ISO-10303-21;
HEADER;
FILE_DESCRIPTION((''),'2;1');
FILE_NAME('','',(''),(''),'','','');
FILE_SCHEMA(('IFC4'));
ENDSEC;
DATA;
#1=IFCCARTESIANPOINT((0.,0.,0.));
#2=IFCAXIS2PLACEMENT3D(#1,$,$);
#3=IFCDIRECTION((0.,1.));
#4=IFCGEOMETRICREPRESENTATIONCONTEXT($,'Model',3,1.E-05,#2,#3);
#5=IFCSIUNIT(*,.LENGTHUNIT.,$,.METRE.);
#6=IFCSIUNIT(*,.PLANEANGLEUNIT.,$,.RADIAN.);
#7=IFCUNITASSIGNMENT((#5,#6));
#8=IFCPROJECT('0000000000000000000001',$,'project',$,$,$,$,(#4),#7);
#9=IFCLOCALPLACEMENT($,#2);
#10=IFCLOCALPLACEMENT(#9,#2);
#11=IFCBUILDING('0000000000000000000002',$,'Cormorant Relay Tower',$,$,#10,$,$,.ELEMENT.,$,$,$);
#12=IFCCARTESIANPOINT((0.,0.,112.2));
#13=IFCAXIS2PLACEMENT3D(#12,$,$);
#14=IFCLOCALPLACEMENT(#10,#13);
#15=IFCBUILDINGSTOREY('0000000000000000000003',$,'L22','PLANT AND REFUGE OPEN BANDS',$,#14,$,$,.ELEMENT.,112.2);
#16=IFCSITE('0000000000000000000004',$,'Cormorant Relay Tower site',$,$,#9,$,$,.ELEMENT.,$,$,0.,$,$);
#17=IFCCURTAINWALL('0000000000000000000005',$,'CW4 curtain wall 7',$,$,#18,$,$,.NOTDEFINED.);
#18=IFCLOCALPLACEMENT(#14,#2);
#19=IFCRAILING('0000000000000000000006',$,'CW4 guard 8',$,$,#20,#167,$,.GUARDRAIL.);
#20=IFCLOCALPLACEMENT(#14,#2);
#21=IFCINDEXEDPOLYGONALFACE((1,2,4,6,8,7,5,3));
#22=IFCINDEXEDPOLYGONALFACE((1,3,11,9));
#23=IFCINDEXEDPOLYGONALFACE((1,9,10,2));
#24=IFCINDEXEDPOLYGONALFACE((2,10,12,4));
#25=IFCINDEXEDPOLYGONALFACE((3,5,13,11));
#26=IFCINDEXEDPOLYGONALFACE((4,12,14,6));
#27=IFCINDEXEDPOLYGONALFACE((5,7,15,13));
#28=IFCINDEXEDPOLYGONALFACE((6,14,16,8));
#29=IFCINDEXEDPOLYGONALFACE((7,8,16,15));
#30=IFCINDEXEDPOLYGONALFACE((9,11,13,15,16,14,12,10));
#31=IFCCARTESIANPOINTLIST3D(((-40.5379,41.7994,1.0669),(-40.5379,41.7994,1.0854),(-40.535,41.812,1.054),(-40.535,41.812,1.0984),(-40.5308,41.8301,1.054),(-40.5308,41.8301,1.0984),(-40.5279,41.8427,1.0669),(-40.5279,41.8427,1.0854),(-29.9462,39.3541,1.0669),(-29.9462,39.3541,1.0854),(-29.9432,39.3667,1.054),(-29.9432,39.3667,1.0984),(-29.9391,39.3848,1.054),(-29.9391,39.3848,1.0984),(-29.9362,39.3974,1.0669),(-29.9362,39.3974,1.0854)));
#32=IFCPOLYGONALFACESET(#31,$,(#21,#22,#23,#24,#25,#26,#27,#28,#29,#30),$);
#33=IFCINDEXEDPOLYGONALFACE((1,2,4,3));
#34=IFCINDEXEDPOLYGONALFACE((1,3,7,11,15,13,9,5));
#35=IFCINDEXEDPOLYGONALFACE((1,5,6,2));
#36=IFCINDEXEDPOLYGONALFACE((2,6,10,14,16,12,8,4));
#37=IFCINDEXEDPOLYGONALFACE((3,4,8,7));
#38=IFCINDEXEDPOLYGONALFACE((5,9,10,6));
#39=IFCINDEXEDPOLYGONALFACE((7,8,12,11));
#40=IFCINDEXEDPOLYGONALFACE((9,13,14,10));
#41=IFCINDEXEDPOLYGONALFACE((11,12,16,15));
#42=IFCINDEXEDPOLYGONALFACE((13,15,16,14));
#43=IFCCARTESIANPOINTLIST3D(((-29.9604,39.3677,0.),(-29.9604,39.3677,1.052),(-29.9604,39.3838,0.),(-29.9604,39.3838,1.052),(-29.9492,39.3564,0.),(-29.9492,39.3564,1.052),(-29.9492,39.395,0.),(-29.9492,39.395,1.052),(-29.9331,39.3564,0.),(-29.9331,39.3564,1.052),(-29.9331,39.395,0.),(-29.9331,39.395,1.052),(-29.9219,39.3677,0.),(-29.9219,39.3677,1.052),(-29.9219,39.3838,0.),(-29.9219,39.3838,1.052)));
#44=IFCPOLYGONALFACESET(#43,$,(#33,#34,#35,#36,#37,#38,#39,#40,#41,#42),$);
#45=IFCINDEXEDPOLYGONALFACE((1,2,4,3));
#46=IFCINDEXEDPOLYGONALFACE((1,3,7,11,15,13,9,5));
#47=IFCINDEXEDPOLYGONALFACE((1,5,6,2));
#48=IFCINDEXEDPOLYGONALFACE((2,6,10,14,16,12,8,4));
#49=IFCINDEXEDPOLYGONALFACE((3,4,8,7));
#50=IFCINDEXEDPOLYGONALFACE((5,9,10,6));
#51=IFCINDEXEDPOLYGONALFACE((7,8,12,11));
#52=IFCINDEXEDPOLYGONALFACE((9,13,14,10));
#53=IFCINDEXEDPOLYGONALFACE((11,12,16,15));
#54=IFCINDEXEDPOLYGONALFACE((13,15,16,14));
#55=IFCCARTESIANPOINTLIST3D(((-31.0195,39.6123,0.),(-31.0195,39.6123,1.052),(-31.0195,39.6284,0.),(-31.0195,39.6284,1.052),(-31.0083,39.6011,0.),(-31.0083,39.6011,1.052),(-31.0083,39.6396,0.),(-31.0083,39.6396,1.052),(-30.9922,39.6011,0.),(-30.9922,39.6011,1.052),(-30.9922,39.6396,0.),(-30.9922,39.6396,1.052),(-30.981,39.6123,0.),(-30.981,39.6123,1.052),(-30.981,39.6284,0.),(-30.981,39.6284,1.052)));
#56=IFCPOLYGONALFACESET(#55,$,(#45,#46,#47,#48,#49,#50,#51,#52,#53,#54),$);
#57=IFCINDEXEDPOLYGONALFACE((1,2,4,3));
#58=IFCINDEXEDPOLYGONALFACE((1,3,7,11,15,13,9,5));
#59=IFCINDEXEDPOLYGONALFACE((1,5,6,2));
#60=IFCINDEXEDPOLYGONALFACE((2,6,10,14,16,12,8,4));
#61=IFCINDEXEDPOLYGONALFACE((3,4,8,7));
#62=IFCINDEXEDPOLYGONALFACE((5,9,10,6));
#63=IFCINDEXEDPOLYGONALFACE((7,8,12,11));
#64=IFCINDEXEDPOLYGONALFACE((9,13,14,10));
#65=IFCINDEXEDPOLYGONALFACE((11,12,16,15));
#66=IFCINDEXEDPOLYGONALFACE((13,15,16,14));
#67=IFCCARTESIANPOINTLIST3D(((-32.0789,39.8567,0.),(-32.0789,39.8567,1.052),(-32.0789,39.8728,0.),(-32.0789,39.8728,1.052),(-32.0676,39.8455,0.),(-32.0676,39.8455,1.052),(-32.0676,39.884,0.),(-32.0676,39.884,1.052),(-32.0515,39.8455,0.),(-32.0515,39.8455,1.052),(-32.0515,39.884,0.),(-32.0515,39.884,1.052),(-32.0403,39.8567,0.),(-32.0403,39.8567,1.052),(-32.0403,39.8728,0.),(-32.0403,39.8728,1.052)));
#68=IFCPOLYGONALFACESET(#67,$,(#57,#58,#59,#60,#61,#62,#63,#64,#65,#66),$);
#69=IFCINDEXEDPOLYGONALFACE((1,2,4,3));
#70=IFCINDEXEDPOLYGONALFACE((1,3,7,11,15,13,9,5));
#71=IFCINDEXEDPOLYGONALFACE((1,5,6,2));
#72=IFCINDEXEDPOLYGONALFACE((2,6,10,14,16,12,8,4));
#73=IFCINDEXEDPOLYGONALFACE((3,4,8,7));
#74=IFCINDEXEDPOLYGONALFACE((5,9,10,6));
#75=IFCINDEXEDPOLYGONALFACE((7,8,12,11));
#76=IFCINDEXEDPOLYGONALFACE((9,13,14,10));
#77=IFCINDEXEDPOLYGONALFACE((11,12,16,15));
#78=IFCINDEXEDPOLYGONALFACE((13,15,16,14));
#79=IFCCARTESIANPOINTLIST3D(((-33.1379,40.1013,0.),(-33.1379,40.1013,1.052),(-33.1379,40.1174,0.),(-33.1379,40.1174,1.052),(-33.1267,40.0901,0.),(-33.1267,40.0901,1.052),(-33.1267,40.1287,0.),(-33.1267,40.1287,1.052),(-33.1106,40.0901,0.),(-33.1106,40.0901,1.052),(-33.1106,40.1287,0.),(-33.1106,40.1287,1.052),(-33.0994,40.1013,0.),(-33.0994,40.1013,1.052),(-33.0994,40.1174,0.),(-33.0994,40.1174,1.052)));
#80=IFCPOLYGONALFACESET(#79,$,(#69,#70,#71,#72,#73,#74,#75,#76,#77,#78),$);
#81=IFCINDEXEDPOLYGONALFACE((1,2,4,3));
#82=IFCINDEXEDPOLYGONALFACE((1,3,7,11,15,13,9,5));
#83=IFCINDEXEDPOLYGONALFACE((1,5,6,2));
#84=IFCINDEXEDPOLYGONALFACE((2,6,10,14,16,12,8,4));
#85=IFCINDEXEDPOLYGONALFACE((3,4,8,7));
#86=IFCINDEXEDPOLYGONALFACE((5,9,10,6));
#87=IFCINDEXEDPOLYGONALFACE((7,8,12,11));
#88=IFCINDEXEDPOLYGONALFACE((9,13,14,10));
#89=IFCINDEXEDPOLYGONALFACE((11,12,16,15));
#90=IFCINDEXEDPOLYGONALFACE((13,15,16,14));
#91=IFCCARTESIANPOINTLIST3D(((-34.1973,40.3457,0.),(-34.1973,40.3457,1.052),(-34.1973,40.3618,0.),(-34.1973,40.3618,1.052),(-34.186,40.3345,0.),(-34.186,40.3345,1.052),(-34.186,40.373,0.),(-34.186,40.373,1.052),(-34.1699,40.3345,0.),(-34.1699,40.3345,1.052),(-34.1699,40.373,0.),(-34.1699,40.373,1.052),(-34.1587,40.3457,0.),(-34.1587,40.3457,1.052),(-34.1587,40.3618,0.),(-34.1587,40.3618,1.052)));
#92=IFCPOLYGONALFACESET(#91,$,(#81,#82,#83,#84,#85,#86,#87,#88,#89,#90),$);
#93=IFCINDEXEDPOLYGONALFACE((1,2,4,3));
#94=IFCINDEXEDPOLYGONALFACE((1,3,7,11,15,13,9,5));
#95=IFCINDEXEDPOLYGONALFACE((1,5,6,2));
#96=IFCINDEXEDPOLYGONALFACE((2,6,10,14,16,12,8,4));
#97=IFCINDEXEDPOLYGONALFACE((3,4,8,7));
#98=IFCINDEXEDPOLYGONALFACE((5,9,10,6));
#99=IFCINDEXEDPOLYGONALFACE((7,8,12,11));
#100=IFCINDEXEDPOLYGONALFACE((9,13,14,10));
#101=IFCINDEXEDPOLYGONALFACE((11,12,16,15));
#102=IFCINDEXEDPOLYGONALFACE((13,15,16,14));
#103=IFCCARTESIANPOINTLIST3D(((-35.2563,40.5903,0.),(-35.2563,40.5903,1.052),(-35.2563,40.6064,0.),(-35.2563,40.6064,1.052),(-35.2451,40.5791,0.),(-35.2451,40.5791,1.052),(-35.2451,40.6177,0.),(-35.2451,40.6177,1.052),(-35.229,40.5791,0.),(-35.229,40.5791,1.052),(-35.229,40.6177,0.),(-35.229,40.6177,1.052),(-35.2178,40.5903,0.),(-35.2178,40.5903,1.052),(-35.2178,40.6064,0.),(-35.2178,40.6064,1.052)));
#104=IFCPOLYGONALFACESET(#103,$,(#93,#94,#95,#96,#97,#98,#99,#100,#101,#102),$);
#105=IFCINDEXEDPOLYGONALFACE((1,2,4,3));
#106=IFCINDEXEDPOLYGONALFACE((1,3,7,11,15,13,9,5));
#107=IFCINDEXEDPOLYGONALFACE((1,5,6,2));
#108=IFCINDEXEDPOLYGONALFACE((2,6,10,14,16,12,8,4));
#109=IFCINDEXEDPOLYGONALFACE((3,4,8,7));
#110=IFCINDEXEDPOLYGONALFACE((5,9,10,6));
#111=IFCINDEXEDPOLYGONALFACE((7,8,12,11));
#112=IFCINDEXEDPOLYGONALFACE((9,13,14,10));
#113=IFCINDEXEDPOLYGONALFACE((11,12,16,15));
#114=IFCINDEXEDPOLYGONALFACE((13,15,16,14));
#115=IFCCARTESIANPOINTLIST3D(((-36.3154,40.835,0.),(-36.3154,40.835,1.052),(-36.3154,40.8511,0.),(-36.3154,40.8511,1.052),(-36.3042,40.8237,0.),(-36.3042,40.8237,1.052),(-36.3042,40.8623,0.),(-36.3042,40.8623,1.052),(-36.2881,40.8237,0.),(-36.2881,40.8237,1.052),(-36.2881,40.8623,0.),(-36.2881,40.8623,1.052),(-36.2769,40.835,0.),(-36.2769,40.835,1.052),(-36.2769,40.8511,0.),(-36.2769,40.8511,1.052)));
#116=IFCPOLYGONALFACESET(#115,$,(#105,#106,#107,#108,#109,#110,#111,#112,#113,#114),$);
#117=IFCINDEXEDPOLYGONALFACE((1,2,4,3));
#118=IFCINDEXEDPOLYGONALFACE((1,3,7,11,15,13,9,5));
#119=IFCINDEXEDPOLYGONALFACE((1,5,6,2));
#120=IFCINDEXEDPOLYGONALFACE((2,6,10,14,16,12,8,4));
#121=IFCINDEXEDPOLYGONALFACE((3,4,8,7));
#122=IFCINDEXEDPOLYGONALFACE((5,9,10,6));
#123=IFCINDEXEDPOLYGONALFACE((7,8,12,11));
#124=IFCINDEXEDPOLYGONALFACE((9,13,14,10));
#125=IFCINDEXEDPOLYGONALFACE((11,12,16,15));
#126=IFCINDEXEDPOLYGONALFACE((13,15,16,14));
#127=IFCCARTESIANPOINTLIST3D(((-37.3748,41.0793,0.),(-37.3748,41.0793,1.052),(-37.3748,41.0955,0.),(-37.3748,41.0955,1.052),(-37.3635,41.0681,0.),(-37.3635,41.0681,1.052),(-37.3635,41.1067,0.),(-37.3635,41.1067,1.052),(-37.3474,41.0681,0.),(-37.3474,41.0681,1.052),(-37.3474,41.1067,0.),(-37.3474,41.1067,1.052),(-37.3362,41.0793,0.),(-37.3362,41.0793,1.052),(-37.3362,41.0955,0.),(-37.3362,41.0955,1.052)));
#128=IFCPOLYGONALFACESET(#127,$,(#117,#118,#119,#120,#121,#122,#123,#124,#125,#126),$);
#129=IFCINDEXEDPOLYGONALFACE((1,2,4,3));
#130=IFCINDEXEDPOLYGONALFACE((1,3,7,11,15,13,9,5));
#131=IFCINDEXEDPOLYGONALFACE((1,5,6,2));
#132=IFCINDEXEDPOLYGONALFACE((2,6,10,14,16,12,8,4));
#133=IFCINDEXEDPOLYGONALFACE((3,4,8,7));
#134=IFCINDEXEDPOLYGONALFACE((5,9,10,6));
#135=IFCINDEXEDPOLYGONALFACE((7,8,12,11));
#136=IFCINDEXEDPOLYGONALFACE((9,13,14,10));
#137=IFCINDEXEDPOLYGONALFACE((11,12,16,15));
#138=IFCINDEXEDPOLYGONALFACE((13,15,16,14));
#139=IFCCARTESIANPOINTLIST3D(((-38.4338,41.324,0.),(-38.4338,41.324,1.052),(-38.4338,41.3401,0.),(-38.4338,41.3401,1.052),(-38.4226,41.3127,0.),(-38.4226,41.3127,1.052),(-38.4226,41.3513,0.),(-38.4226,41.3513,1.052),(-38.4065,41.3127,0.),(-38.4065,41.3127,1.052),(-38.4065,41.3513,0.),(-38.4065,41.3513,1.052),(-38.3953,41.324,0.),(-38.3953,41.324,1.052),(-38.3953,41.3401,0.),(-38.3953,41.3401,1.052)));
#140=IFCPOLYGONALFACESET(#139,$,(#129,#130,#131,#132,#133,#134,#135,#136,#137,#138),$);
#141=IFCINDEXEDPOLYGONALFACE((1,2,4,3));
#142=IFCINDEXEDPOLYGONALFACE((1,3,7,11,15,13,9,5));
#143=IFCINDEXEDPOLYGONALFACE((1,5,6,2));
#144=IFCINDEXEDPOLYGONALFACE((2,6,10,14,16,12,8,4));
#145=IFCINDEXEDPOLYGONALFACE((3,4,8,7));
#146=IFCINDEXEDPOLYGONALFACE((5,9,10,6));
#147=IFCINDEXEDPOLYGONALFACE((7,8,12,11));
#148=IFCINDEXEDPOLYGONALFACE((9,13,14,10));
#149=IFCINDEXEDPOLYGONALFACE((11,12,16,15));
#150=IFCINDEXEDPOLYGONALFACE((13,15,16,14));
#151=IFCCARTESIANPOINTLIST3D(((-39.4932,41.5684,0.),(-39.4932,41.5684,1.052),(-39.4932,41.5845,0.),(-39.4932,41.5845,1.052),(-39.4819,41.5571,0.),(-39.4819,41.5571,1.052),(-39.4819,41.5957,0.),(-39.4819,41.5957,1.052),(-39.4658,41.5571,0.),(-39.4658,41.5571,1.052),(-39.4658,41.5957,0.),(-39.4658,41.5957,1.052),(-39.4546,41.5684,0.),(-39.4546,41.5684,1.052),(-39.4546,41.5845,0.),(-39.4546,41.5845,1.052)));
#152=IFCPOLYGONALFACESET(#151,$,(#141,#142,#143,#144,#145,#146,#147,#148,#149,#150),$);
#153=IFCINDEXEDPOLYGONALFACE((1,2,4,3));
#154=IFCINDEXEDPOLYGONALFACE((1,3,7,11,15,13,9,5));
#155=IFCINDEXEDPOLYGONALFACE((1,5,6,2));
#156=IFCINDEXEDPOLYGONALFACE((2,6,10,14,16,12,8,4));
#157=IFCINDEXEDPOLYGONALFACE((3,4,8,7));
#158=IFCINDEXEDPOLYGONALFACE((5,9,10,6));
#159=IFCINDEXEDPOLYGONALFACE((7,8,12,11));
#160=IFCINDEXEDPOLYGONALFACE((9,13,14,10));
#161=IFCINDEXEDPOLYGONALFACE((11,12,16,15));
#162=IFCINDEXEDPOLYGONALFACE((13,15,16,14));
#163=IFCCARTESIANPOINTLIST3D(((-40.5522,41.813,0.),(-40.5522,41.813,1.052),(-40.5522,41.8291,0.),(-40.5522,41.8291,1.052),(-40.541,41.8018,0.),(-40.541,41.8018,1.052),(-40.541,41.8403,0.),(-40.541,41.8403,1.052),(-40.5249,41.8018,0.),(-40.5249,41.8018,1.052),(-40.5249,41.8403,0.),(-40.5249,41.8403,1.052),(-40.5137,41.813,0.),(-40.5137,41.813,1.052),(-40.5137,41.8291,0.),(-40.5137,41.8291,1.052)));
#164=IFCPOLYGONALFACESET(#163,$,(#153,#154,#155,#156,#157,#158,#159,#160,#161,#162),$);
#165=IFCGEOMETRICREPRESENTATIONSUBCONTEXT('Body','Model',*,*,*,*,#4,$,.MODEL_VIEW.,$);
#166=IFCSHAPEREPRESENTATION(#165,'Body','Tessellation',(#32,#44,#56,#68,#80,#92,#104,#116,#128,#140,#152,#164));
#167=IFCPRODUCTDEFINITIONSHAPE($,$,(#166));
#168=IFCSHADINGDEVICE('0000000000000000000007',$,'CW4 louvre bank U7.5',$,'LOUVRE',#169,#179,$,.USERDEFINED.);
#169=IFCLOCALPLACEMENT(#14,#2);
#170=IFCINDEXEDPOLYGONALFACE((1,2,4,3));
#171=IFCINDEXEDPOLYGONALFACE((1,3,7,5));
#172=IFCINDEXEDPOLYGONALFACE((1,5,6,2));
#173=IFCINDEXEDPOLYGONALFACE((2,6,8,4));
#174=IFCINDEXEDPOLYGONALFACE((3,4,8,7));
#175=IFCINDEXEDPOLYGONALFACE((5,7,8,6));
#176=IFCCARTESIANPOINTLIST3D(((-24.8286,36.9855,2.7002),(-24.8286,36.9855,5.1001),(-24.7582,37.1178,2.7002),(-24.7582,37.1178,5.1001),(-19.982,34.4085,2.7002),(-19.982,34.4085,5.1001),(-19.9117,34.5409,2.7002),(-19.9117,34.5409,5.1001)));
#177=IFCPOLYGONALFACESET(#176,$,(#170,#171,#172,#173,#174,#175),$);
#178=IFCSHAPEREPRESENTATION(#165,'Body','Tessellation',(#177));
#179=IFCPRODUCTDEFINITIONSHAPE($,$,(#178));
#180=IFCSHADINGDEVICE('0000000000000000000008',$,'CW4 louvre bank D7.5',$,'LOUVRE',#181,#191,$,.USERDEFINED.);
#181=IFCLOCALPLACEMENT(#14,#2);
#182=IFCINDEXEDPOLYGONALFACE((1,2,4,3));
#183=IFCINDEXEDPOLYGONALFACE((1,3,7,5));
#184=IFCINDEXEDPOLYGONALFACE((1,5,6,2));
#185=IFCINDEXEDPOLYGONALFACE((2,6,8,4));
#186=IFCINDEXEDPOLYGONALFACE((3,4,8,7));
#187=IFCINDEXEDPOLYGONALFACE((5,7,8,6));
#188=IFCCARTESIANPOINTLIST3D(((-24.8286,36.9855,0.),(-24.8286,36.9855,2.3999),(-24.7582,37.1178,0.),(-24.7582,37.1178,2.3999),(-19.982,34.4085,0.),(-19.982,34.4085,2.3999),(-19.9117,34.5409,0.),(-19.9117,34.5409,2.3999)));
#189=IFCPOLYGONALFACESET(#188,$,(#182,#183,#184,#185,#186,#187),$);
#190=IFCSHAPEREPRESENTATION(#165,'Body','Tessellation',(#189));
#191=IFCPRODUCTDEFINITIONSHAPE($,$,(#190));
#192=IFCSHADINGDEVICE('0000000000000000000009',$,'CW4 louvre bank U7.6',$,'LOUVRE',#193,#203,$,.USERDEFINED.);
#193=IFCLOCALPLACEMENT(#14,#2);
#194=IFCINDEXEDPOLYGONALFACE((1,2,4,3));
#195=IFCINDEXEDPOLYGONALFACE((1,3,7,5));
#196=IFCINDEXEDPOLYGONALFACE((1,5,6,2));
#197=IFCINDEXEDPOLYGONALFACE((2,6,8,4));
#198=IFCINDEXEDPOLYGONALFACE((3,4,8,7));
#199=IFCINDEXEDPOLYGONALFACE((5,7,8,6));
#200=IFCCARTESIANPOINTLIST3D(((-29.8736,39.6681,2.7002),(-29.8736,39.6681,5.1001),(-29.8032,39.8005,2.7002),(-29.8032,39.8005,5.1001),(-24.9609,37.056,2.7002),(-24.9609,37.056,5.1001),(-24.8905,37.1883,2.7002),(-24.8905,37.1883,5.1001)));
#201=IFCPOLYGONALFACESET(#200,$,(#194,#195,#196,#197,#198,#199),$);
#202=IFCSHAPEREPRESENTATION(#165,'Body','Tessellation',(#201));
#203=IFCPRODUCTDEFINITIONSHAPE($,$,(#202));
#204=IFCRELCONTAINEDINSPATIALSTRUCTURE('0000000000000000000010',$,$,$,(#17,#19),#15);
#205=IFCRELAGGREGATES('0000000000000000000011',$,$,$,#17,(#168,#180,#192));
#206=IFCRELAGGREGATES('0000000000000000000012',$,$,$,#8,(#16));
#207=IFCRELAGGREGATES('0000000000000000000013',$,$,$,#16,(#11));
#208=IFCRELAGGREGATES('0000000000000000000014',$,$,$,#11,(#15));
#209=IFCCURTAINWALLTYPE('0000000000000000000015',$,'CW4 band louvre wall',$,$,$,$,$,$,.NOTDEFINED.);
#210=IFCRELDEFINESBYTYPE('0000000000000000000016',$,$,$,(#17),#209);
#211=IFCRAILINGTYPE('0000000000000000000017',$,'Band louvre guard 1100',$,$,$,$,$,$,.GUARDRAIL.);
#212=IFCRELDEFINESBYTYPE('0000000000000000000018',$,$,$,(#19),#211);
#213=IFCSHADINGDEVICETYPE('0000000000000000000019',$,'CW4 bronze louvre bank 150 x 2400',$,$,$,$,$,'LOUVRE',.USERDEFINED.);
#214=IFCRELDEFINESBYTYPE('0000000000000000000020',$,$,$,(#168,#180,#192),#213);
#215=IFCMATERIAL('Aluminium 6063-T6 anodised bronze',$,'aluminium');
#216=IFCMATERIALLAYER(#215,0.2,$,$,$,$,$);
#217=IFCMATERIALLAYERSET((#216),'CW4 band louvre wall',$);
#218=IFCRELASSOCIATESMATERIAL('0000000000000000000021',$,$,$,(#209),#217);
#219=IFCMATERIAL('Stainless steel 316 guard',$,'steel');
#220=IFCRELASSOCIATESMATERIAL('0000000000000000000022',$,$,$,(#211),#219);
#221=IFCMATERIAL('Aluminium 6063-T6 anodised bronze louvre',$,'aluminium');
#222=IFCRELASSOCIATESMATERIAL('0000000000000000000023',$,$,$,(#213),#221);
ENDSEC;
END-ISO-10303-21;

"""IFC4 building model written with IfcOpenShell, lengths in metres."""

from ifc_helpers import new_model, si_unit, direction, frame, origin, origin_2d, place, context, subcontext, project, spatial, polyline, rectangle, outline, extrude, material, layer, layer_set, type_object, element, aggregate, save


model = new_model("IFC4")

# Units and contexts
model_context = context("Model", 3, precision=1e-05, world=origin(), true_north=direction((0.0, 1.0)))
body_context = subcontext(model_context, "Body", "Model", "MODEL_VIEW")
ifc_project = project(units=[si_unit("LENGTHUNIT", "METRE"), si_unit("PLANEANGLEUNIT", "RADIAN")], contexts=[model_context])

# Site, building, storey
site_placement = place(None, origin())
site = spatial("IfcSite", under=ifc_project, at=site_placement, Name="Cormorant Relay Tower site", CompositionType="ELEMENT", RefElevation=0.0)
building_placement = place(site_placement, origin())
building = spatial("IfcBuilding", under=site, at=building_placement, Name="Cormorant Relay Tower", CompositionType="ELEMENT")
storey_placement = place(building_placement, frame((0.0, 0.0, 112.2)))
storey = spatial("IfcBuildingStorey", under=building, at=storey_placement, Name="L22", Description="PLANT AND REFUGE OPEN BANDS", CompositionType="ELEMENT", Elevation=112.2)

# Curtain wall
ifc_material_1 = material(Name="Aluminium 6063-T6 anodised bronze", Category="aluminium")
ifc_layer_1 = layer(ifc_material_1, 0.2)
ifc_layer_set_1 = layer_set([ifc_layer_1], Name="CW4 band louvre wall")
curtain_wall_type = type_object("IfcCurtainWallType", Name="CW4 band louvre wall", PredefinedType="NOTDEFINED", material=ifc_layer_set_1)
curtain_wall_1_placement = place(storey_placement, origin())
curtain_wall_1 = element("IfcCurtainWall", 1, at=curtain_wall_1_placement, inside=storey, type_object=curtain_wall_type, Name="CW4 curtain wall 7", PredefinedType="NOTDEFINED")

# Railing
ifc_material_2 = material(Name="Stainless steel 316 guard", Category="steel")
railing_type = type_object("IfcRailingType", Name="Band louvre guard 1100", PredefinedType="GUARDRAIL", material=ifc_material_2)
railing_placement = place(storey_placement, frame((-29.9412, 39.3757, 0.0)))
element("IfcRailing", 2, at=railing_placement, inside=storey, type_object=railing_type, Name="CW4 guard 8", PredefinedType="GUARDRAIL", context=body_context, shape_type="SweptSolid", body=[
    extrude(outline(polyline([(0.0222, 0.0093), (0.0093, 0.0222), (-0.0093, 0.0222), (-0.0222, 0.0093), (-0.0222, -0.0093), (-0.0093, -0.0222), (0.0093, -0.0222), (0.0222, -0.0093), (0.0222, 0.0093)])), frame((0.0, 0.0, 1.0762), z_axis=(-0.97437, 0.224951, 0.0), x_axis=(-0.224951, -0.97437, 0.0)), (0.0, 0.0, 1.0), 10.8704),
    extrude(outline(polyline([(0.0193, 0.0081), (0.0081, 0.0193), (-0.0081, 0.0193), (-0.0193, 0.0081), (-0.0193, -0.0081), (-0.0081, -0.0193), (0.0081, -0.0193), (0.0193, -0.0081), (0.0193, 0.0081)])), origin(), (0.0, 0.0, 1.0), 1.052),
    extrude(outline(polyline([(0.0193, 0.0081), (0.0081, 0.0193), (-0.0081, 0.0193), (-0.0193, 0.0081), (-0.0193, -0.0081), (-0.0081, -0.0193), (0.0081, -0.0193), (0.0193, -0.0081), (0.0193, 0.0081)])), frame((-1.0591, 0.2446, 0.0)), (0.0, 0.0, 1.0), 1.052),
    extrude(outline(polyline([(0.0193, 0.0081), (0.0081, 0.0193), (-0.0081, 0.0193), (-0.0193, 0.0081), (-0.0193, -0.0081), (-0.0081, -0.0193), (0.0081, -0.0193), (0.0193, -0.0081), (0.0193, 0.0081)])), frame((-2.1184, 0.489, 0.0)), (0.0, 0.0, 1.0), 1.052),
    extrude(outline(polyline([(0.0193, 0.0081), (0.0081, 0.0193), (-0.0081, 0.0193), (-0.0193, 0.0081), (-0.0193, -0.0081), (-0.0081, -0.0193), (0.0081, -0.0193), (0.0193, -0.0081), (0.0193, 0.0081)])), frame((-3.1775, 0.7336, 0.0)), (0.0, 0.0, 1.0), 1.052),
    extrude(outline(polyline([(0.0193, 0.0081), (0.0081, 0.0193), (-0.0081, 0.0193), (-0.0193, 0.0081), (-0.0193, -0.0081), (-0.0081, -0.0193), (0.0081, -0.0193), (0.0193, -0.0081), (0.0193, 0.0081)])), frame((-4.2368, 0.978, 0.0)), (0.0, 0.0, 1.0), 1.052),
    extrude(outline(polyline([(0.0193, 0.0081), (0.0081, 0.0193), (-0.0081, 0.0193), (-0.0193, 0.0081), (-0.0193, -0.0081), (-0.0081, -0.0193), (0.0081, -0.0193), (0.0193, -0.0081), (0.0193, 0.0081)])), frame((-5.2959, 1.2227, 0.0)), (0.0, 0.0, 1.0), 1.052),
    extrude(outline(polyline([(0.0193, 0.0081), (0.0081, 0.0193), (-0.0081, 0.0193), (-0.0193, 0.0081), (-0.0193, -0.0081), (-0.0081, -0.0193), (0.0081, -0.0193), (0.0193, -0.0081), (0.0193, 0.0081)])), frame((-6.355, 1.4673, 0.0)), (0.0, 0.0, 1.0), 1.052),
    extrude(outline(polyline([(0.0193, 0.0081), (0.0081, 0.0193), (-0.0081, 0.0193), (-0.0193, 0.0081), (-0.0193, -0.0081), (-0.0081, -0.0193), (0.0081, -0.0193), (0.0193, -0.0081), (0.0193, 0.0081)])), frame((-7.4143, 1.7117, 0.0)), (0.0, 0.0, 1.0), 1.052),
    extrude(outline(polyline([(0.0193, 0.0081), (0.0081, 0.0193), (-0.0081, 0.0193), (-0.0193, 0.0081), (-0.0193, -0.0081), (-0.0081, -0.0193), (0.0081, -0.0193), (0.0193, -0.0081), (0.0193, 0.0081)])), frame((-8.4734, 1.9563, 0.0)), (0.0, 0.0, 1.0), 1.052),
    extrude(outline(polyline([(0.0193, 0.0081), (0.0081, 0.0193), (-0.0081, 0.0193), (-0.0193, 0.0081), (-0.0193, -0.0081), (-0.0081, -0.0193), (0.0081, -0.0193), (0.0193, -0.0081), (0.0193, 0.0081)])), frame((-9.5327, 2.2007, 0.0)), (0.0, 0.0, 1.0), 1.052),
    extrude(outline(polyline([(0.0193, 0.0081), (0.0081, 0.0193), (-0.0081, 0.0193), (-0.0193, 0.0081), (-0.0193, -0.0081), (-0.0081, -0.0193), (0.0081, -0.0193), (0.0193, -0.0081), (0.0193, 0.0081)])), frame((-10.5918, 2.4453, 0.0)), (0.0, 0.0, 1.0), 1.052),
])

# Shading devices
ifc_material_3 = material(Name="Aluminium 6063-T6 anodised bronze louvre", Category="aluminium")
shading_device_type = type_object("IfcShadingDeviceType", Name="CW4 bronze louvre bank 150 x 2400", ElementType="LOUVRE", PredefinedType="USERDEFINED", material=ifc_material_3)
shading_device_1_placement = place(storey_placement, frame((-22.3701, 35.7632, 2.7002), z_axis=(0.0, 0.0, 1.0), x_axis=(-0.882948, 0.469472, 0.0)))
shading_device_1 = element("IfcShadingDevice", 3, at=shading_device_1_placement, type_object=shading_device_type, Name="CW4 louvre bank U7.5", ObjectType="LOUVRE", PredefinedType="USERDEFINED", context=body_context, shape_type="SweptSolid", body=[
    extrude(rectangle(XDim=5.489, YDim=0.1499, at=origin_2d()), origin(), (0.0, 0.0, 1.0), 2.3999),
])
shading_device_2_placement = place(storey_placement, frame((-22.3701, 35.7632, 0.0), z_axis=(0.0, 0.0, 1.0), x_axis=(-0.882948, 0.469472, 0.0)))
shading_device_2 = element("IfcShadingDevice", 4, at=shading_device_2_placement, type_object=shading_device_type, Name="CW4 louvre bank D7.5", ObjectType="LOUVRE", PredefinedType="USERDEFINED", context=body_context, shape_type="SweptSolid", body=[
    extrude(rectangle(XDim=5.489, YDim=0.1499, at=origin_2d()), origin(), (0.0, 0.0, 1.0), 2.3999),
])
shading_device_3_placement = place(storey_placement, frame((-27.3821, 38.4282, 2.7002), z_axis=(0.0, 0.0, 1.0), x_axis=(-0.882948, 0.469472, 0.0)))
shading_device_3 = element("IfcShadingDevice", 5, at=shading_device_3_placement, type_object=shading_device_type, Name="CW4 louvre bank U7.6", ObjectType="LOUVRE", PredefinedType="USERDEFINED", context=body_context, shape_type="SweptSolid", body=[
    extrude(rectangle(XDim=5.564, YDim=0.1499, at=origin_2d()), origin(), (0.0, 0.0, 1.0), 2.3999),
])
aggregate(curtain_wall_1, [shading_device_1, shading_device_2, shading_device_3])

save(model, "model.ifc")
